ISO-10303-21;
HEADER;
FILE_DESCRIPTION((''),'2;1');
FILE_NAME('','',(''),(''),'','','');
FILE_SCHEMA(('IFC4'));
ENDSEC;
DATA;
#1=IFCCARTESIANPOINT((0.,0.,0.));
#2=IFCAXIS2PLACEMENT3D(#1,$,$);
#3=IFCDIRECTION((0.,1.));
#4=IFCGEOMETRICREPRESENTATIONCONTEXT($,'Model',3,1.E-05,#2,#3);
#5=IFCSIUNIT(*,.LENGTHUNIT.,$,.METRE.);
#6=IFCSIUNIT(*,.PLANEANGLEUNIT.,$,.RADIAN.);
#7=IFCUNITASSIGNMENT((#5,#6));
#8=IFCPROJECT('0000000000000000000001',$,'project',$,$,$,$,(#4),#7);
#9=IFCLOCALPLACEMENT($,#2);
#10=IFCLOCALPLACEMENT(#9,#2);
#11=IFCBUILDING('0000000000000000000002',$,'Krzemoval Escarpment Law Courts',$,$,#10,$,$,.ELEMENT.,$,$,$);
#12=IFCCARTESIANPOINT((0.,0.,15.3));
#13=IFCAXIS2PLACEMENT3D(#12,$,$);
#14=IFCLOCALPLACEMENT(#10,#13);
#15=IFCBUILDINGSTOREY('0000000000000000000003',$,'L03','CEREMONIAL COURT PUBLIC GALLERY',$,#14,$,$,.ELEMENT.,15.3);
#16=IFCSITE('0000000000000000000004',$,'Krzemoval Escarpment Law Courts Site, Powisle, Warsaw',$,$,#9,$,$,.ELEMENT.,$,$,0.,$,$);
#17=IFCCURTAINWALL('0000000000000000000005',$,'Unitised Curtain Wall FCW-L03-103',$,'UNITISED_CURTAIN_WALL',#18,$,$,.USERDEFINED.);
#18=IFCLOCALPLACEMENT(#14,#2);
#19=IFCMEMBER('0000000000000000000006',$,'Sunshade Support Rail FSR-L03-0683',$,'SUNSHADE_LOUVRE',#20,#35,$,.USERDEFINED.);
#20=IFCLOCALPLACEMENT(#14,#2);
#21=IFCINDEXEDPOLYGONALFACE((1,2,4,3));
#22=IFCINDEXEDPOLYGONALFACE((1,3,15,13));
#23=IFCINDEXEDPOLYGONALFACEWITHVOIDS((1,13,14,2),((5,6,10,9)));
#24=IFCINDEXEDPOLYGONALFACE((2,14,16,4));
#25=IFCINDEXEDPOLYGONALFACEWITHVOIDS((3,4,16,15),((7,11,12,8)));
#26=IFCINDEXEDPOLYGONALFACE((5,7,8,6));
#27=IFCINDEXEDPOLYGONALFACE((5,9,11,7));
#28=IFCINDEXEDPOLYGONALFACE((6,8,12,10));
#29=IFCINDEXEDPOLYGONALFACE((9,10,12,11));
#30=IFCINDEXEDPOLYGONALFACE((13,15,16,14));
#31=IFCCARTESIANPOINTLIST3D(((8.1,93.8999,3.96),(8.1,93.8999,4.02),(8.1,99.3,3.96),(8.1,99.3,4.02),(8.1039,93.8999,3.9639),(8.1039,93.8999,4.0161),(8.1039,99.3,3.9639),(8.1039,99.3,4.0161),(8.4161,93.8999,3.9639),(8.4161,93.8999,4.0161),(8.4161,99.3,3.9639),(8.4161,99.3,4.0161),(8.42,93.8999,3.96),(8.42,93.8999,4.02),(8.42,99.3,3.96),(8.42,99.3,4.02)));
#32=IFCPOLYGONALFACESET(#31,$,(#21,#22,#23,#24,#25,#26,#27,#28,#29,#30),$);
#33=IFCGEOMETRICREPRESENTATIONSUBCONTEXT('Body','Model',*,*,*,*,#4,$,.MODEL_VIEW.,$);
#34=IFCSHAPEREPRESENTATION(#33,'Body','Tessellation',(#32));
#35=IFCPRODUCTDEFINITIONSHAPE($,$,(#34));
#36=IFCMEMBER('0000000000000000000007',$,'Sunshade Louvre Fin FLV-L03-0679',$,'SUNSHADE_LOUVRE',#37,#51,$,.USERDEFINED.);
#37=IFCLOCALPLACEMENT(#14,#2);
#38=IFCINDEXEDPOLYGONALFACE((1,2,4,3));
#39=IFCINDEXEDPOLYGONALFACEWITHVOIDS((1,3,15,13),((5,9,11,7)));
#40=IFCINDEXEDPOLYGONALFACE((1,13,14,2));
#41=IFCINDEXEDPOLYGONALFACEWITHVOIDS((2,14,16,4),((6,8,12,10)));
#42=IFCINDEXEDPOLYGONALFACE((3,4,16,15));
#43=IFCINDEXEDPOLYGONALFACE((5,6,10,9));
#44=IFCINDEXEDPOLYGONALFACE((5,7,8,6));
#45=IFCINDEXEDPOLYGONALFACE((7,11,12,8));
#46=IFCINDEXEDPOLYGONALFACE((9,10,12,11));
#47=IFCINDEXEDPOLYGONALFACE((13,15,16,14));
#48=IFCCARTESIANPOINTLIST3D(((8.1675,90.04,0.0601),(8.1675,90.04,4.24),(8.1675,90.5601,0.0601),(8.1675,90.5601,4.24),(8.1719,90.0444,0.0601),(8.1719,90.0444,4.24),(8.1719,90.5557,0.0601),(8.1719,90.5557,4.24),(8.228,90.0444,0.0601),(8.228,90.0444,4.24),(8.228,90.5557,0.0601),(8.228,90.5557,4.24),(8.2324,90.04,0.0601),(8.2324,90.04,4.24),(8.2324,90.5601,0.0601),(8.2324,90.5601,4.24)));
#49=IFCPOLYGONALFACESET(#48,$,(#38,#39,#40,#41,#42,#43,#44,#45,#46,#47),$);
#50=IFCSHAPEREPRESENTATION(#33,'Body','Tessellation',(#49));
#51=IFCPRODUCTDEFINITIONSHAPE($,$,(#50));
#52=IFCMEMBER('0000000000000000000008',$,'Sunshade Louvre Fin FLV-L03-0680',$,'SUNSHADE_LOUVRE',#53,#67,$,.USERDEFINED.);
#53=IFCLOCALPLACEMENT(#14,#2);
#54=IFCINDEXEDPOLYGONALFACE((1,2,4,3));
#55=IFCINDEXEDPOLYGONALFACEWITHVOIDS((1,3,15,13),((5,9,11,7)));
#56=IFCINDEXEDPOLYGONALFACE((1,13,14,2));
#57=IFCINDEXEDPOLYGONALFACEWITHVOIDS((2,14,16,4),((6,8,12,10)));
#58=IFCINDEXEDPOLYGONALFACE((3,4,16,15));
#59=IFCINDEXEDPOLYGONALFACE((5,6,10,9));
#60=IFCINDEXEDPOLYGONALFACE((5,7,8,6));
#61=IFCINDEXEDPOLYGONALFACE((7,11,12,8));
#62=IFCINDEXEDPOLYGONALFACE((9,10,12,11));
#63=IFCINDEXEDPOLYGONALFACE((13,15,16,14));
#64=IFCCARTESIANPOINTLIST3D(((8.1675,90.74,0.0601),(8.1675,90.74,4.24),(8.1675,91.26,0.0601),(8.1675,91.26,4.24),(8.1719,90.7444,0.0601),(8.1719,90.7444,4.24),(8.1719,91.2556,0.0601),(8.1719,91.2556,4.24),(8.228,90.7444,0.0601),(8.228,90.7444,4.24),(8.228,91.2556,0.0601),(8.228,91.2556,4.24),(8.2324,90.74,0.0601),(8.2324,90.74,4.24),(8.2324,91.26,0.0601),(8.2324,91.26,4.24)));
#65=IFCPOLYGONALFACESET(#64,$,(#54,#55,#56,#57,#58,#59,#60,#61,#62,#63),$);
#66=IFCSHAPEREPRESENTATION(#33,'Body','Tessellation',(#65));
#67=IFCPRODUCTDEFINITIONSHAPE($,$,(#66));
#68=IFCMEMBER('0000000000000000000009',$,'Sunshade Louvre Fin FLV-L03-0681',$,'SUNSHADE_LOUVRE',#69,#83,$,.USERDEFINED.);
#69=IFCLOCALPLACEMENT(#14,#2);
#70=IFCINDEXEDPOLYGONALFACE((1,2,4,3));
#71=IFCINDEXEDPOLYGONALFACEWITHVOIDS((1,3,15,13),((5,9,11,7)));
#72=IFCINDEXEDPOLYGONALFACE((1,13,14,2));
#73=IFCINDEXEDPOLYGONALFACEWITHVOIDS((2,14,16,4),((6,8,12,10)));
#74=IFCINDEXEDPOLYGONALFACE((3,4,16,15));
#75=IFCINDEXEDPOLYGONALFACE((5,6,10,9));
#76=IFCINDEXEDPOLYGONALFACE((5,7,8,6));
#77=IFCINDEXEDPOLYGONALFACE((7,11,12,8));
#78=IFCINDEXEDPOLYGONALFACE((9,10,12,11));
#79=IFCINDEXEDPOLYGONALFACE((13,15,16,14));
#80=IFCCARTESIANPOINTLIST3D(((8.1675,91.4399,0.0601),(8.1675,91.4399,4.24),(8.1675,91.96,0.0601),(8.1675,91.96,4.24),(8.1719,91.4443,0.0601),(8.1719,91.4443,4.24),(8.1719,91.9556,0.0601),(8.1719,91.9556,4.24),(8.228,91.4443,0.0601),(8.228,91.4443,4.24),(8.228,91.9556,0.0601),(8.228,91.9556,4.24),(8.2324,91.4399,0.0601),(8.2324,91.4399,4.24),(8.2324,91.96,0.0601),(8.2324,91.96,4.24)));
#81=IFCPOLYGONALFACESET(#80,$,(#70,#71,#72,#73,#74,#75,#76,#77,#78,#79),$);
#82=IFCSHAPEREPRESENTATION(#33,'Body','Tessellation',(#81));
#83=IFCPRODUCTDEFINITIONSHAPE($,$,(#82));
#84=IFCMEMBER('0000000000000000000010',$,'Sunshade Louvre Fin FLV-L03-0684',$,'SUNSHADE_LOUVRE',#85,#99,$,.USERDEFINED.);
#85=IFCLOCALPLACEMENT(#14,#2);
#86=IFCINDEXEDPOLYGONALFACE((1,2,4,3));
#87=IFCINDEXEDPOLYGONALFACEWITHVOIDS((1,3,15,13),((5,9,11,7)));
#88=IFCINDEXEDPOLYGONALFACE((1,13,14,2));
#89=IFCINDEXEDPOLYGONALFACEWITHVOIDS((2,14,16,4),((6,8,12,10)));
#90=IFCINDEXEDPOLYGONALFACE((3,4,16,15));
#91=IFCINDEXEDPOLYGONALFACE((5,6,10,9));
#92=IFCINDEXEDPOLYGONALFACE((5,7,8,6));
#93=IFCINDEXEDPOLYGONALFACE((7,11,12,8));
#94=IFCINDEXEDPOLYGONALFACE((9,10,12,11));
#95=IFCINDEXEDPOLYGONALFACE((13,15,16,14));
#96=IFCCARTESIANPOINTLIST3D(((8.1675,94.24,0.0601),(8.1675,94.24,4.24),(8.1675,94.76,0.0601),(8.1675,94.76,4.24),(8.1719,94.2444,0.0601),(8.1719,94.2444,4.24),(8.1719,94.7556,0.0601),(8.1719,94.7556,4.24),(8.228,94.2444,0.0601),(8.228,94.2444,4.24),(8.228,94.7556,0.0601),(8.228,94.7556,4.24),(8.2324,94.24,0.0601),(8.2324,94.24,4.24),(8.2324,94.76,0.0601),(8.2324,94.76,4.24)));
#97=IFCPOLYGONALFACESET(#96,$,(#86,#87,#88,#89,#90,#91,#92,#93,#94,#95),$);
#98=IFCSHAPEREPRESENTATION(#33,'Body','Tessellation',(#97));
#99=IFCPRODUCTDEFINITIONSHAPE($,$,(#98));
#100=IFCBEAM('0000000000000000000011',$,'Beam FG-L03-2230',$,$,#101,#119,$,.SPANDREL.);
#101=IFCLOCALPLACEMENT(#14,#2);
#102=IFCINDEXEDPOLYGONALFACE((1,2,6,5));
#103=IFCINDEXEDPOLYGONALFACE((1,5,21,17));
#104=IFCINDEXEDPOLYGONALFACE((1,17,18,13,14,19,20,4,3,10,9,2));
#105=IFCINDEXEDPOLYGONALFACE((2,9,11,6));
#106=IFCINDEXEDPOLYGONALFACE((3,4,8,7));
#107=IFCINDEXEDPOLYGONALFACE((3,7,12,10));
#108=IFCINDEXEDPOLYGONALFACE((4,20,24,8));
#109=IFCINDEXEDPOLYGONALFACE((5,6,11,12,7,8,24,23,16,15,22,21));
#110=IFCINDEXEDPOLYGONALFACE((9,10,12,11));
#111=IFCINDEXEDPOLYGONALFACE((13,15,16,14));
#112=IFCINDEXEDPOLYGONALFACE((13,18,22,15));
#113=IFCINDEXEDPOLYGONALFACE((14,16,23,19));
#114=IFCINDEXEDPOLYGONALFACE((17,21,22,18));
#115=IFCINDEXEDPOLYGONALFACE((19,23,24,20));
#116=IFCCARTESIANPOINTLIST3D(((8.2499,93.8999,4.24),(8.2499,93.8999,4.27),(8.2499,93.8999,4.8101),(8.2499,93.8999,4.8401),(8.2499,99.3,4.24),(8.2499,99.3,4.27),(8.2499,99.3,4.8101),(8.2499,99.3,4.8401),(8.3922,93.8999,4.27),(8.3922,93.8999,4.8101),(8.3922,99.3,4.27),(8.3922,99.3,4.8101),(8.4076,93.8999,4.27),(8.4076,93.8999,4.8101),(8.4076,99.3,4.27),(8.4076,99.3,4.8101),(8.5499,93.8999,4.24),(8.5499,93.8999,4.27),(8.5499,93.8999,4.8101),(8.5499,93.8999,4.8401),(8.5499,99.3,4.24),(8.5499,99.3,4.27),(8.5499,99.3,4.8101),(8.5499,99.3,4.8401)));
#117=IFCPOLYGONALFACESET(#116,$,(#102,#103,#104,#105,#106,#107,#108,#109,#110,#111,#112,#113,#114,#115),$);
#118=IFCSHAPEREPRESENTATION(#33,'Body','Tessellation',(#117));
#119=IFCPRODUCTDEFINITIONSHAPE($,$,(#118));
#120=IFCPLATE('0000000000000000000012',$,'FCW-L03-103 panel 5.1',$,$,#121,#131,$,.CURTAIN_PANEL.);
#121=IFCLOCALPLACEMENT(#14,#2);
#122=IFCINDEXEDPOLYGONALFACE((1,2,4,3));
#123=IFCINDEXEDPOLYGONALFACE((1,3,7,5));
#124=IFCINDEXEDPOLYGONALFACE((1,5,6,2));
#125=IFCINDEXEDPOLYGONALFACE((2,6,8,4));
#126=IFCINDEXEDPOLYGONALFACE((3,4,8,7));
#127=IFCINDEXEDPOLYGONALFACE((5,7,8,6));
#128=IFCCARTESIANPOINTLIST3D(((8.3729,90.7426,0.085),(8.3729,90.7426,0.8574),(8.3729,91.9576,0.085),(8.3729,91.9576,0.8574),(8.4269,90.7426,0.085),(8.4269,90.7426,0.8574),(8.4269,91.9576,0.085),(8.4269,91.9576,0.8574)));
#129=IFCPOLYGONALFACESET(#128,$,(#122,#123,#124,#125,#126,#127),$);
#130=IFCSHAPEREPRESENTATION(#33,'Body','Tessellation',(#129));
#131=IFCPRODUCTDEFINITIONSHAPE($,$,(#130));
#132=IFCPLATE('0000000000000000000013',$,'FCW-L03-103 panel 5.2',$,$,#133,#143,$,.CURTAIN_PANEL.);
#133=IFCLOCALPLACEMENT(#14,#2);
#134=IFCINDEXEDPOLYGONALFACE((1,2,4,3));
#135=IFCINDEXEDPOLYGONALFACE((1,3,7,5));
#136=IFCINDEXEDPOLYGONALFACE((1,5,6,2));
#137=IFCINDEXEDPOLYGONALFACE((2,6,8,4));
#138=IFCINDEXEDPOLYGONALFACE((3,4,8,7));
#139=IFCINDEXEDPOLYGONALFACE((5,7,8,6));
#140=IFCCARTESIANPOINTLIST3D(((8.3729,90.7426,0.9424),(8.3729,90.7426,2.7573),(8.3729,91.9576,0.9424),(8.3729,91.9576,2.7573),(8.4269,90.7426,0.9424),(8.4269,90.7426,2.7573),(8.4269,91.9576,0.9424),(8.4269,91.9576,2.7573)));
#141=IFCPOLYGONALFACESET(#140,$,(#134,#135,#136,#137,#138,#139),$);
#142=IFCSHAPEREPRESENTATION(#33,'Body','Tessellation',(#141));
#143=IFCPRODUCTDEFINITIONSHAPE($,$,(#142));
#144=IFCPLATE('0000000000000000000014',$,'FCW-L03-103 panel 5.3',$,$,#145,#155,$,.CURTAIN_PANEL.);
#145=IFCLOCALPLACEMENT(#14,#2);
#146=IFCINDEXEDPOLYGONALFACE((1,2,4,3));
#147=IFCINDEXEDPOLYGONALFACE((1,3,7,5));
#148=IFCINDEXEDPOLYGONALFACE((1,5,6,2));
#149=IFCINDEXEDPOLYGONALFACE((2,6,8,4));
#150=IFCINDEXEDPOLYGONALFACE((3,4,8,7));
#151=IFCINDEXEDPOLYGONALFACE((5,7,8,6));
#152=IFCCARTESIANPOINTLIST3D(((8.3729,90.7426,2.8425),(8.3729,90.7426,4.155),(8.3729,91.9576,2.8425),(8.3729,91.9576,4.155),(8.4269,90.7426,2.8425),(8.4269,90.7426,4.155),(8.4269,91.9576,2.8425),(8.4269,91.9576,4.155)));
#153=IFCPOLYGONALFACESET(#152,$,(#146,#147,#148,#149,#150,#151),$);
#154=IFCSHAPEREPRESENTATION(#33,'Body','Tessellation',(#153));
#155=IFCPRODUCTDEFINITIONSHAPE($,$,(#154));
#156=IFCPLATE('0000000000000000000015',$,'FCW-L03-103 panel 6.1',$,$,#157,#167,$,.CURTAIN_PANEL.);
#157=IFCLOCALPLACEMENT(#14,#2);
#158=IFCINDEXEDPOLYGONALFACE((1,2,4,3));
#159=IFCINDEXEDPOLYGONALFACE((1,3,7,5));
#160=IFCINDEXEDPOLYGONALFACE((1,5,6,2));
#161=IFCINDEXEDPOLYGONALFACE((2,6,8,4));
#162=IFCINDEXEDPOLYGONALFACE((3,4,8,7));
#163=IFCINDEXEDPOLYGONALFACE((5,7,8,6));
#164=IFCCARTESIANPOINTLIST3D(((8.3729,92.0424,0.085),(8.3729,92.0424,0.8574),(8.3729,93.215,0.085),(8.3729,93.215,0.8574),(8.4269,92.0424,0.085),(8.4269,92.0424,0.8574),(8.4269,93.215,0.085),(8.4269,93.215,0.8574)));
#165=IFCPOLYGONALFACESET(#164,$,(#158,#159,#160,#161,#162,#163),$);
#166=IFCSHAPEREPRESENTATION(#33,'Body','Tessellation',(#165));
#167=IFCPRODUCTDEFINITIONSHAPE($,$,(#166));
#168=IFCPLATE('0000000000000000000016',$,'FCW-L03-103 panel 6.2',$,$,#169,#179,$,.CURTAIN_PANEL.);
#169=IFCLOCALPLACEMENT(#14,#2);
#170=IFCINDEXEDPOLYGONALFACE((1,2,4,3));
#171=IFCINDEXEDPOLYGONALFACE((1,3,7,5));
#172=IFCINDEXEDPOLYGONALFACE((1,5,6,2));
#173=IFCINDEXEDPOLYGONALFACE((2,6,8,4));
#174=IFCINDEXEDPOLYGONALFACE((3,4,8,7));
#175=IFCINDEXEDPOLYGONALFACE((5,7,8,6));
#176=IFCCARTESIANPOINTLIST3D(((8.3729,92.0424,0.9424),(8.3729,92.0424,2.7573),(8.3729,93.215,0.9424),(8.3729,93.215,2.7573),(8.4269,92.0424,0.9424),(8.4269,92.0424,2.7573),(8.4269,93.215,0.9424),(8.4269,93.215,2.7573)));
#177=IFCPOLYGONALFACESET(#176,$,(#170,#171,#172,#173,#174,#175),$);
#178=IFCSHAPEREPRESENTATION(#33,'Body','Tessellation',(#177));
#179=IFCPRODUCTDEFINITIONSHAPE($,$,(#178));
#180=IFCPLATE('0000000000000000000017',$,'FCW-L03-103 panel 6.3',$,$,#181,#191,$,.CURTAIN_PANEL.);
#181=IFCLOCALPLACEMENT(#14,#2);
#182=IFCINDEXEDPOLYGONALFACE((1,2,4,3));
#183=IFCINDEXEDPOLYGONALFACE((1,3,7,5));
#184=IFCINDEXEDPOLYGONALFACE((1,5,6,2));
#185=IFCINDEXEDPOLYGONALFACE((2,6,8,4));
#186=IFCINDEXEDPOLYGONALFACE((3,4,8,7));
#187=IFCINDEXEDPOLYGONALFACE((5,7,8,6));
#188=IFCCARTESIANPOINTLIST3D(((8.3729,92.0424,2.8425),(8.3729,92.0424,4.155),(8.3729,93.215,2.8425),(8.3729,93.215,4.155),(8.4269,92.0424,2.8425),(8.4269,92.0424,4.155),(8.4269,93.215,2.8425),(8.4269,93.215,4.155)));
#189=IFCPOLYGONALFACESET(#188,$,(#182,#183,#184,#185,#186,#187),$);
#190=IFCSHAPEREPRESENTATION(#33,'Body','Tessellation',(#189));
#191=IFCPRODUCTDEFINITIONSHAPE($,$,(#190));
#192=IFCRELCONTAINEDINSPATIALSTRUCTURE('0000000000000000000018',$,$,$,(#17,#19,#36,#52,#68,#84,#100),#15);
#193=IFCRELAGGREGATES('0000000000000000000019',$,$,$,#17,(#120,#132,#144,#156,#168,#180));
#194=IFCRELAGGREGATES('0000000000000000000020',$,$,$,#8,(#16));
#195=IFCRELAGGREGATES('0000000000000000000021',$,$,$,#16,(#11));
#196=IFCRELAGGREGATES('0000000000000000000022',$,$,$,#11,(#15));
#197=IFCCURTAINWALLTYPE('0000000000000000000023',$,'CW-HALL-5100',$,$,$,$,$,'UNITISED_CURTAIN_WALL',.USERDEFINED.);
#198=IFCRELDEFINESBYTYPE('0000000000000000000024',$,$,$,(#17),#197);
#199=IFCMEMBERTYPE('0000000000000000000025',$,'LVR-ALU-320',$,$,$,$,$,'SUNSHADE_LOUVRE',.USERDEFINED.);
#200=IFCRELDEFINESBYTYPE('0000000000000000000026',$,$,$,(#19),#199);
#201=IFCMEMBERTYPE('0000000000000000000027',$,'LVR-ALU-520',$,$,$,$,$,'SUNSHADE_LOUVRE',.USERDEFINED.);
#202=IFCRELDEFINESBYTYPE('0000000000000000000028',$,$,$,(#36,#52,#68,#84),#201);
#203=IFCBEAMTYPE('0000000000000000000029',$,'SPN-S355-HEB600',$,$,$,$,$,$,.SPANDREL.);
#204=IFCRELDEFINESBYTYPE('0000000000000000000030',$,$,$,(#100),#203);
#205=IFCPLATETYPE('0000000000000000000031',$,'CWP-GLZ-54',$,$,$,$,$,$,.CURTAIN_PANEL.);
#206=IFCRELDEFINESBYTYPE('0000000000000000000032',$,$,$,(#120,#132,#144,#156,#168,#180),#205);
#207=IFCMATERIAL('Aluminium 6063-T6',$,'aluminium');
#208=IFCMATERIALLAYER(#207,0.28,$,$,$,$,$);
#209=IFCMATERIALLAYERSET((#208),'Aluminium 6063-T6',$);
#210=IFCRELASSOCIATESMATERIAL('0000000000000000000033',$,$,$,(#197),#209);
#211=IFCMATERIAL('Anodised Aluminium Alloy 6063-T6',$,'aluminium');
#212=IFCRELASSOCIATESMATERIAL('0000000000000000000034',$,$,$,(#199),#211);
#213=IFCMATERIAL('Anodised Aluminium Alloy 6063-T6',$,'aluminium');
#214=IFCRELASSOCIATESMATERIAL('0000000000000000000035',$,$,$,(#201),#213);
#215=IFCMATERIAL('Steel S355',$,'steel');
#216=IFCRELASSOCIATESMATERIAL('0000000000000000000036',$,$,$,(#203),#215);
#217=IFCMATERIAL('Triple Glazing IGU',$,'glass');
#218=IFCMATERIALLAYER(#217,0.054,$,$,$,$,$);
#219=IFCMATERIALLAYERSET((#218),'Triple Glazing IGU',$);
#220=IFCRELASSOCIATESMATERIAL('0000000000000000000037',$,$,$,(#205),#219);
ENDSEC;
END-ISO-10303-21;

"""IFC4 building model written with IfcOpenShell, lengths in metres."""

from ifc_helpers import new_model, si_unit, direction, frame, origin, origin_2d, place, context, subcontext, project, spatial, rectangle, hollow_rectangle, i_section, extrude, material, layer, layer_set, material_profile, profile_set, type_object, element, aggregate, save


model = new_model("IFC4")

# Units and contexts
model_context = context("Model", 3, precision=1e-05, world=origin(), true_north=direction((0.0, 1.0)))
body_context = subcontext(model_context, "Body", "Model", "MODEL_VIEW")
ifc_project = project(units=[si_unit("LENGTHUNIT", "METRE"), si_unit("PLANEANGLEUNIT", "RADIAN")], contexts=[model_context])

# Site, building, storey
site_placement = place(None, origin())
site = spatial("IfcSite", under=ifc_project, at=site_placement, Name="Krzemoval Escarpment Law Courts Site, Powisle, Warsaw", CompositionType="ELEMENT", RefElevation=0.0)
building_placement = place(site_placement, origin())
building = spatial("IfcBuilding", under=site, at=building_placement, Name="Krzemoval Escarpment Law Courts", CompositionType="ELEMENT")
storey_placement = place(building_placement, frame((0.0, 0.0, 15.3)))
storey = spatial("IfcBuildingStorey", under=building, at=storey_placement, Name="L03", Description="CEREMONIAL COURT PUBLIC GALLERY", CompositionType="ELEMENT", Elevation=15.3)

# Curtain wall
ifc_material_1 = material(Name="Aluminium 6063-T6", Category="aluminium")
ifc_layer_1 = layer(ifc_material_1, 0.28)
ifc_layer_set_1 = layer_set([ifc_layer_1], Name="Aluminium 6063-T6")
curtain_wall_type = type_object("IfcCurtainWallType", Name="CW-HALL-5100", ElementType="UNITISED_CURTAIN_WALL", PredefinedType="USERDEFINED", material=ifc_layer_set_1)
curtain_wall_1_placement = place(storey_placement, origin())
curtain_wall_1 = element("IfcCurtainWall", 1, at=curtain_wall_1_placement, inside=storey, type_object=curtain_wall_type, Name="Unitised Curtain Wall FCW-L03-103", ObjectType="UNITISED_CURTAIN_WALL", PredefinedType="USERDEFINED")

# Members
ifc_material_2 = material(Name="Anodised Aluminium Alloy 6063-T6", Category="aluminium")
ifc_material_profile_1 = material_profile(ifc_material_2, hollow_rectangle(XDim=0.0601, YDim=0.3201, WallThickness=0.0039, at=origin_2d()), Name="ALU LVR 60x320")
ifc_profile_set_1 = profile_set([ifc_material_profile_1], Name="Anodised Aluminium Alloy 6063-T6")
member_type_1 = type_object("IfcMemberType", Name="LVR-ALU-320", ElementType="SUNSHADE_LOUVRE", PredefinedType="USERDEFINED", material=ifc_profile_set_1)
for number, where, z_axis, x_axis, name in (
    (2, (8.26, 93.8999, 3.99), (0.0, 1.0, 0.0), (0.0, 0.0, 1.0), "Sunshade Support Rail FSR-L03-0683"),
):
    element("IfcMember", number, at=place(storey_placement, frame(where, z_axis=z_axis, x_axis=x_axis)), inside=storey, type_object=member_type_1, Name=name, ObjectType="SUNSHADE_LOUVRE", PredefinedType="USERDEFINED", context=body_context, shape_type="SweptSolid", body=[
        extrude(hollow_rectangle(XDim=0.0601, YDim=0.3201, WallThickness=0.0039, at=origin_2d()), origin(), (0.0, 0.0, 1.0), 5.4001),
    ])
ifc_material_3 = material(Name="Anodised Aluminium Alloy 6063-T6", Category="aluminium")
ifc_material_profile_2 = material_profile(ifc_material_3, hollow_rectangle(XDim=0.0649, YDim=0.52, WallThickness=0.0044, at=origin_2d()), Name="ALU LVR 65x520")
ifc_profile_set_2 = profile_set([ifc_material_profile_2], Name="Anodised Aluminium Alloy 6063-T6")
member_type_2 = type_object("IfcMemberType", Name="LVR-ALU-520", ElementType="SUNSHADE_LOUVRE", PredefinedType="USERDEFINED", material=ifc_profile_set_2)
for number, where, z_axis, x_axis, name in (
    (3, (8.2, 90.3, 0.0601), (0.0, 0.0, 1.0), (1.0, 0.0, 0.0), "Sunshade Louvre Fin FLV-L03-0679"),
    (4, (8.2, 91.0, 0.0601), (0.0, 0.0, 1.0), (1.0, 0.0, 0.0), "Sunshade Louvre Fin FLV-L03-0680"),
    (5, (8.2, 91.7, 0.0601), (0.0, 0.0, 1.0), (1.0, 0.0, 0.0), "Sunshade Louvre Fin FLV-L03-0681"),
    (6, (8.2, 94.5, 0.0601), (0.0, 0.0, 1.0), (1.0, 0.0, 0.0), "Sunshade Louvre Fin FLV-L03-0684"),
):
    element("IfcMember", number, at=place(storey_placement, frame(where, z_axis=z_axis, x_axis=x_axis)), inside=storey, type_object=member_type_2, Name=name, ObjectType="SUNSHADE_LOUVRE", PredefinedType="USERDEFINED", context=body_context, shape_type="SweptSolid", body=[
        extrude(hollow_rectangle(XDim=0.0649, YDim=0.52, WallThickness=0.0044, at=origin_2d()), origin(), (0.0, 0.0, 1.0), 4.1799),
    ])

# Beam
ifc_material_4 = material(Name="Steel S355", Category="steel")
ifc_material_profile_3 = material_profile(ifc_material_4, i_section(OverallWidth=0.3, OverallDepth=0.6001, WebThickness=0.0154, FlangeThickness=0.03, at=origin_2d()), Name="HEB 600")
ifc_profile_set_3 = profile_set([ifc_material_profile_3], Name="Steel S355")
beam_type_1 = type_object("IfcBeamType", Name="SPN-S355-HEB600", PredefinedType="SPANDREL", material=ifc_profile_set_3)
beam_1_placement = place(storey_placement, frame((8.3999, 93.8999, 4.54), z_axis=(0.0, 1.0, 0.0), x_axis=(-1.0, 0.0, 0.0)))
element("IfcBeam", 7, at=beam_1_placement, inside=storey, type_object=beam_type_1, Name="Beam FG-L03-2230", PredefinedType="SPANDREL", context=body_context, shape_type="SweptSolid", body=[
    extrude(i_section(OverallWidth=0.3, OverallDepth=0.6001, WebThickness=0.0154, FlangeThickness=0.03, at=origin_2d()), origin(), (0.0, 0.0, 1.0), 5.4001),
])

# Plates
ifc_material_5 = material(Name="Triple Glazing IGU", Category="glass")
ifc_layer_2 = layer(ifc_material_5, 0.054)
ifc_layer_set_2 = layer_set([ifc_layer_2], Name="Triple Glazing IGU")
plate_type = type_object("IfcPlateType", Name="CWP-GLZ-54", PredefinedType="CURTAIN_PANEL", material=ifc_layer_set_2)
plate_1_placement = place(storey_placement, frame((8.3999, 91.3501, 0.085), z_axis=(0.0, 0.0, 1.0), x_axis=(0.0, 1.0, 0.0)))
plate_1 = element("IfcPlate", 8, at=plate_1_placement, type_object=plate_type, Name="FCW-L03-103 panel 5.1", PredefinedType="CURTAIN_PANEL", context=body_context, shape_type="SweptSolid", body=[
    extrude(rectangle(XDim=1.2151, YDim=0.054, at=origin_2d()), origin(), (0.0, 0.0, 1.0), 0.7725),
])
plate_2_placement = place(storey_placement, frame((8.3999, 91.3501, 0.9424), z_axis=(0.0, 0.0, 1.0), x_axis=(0.0, 1.0, 0.0)))
plate_2 = element("IfcPlate", 9, at=plate_2_placement, type_object=plate_type, Name="FCW-L03-103 panel 5.2", PredefinedType="CURTAIN_PANEL", context=body_context, shape_type="SweptSolid", body=[
    extrude(rectangle(XDim=1.2151, YDim=0.054, at=origin_2d()), origin(), (0.0, 0.0, 1.0), 1.8149),
])
plate_3_placement = place(storey_placement, frame((8.3999, 91.3501, 2.8425), z_axis=(0.0, 0.0, 1.0), x_axis=(0.0, 1.0, 0.0)))
plate_3 = element("IfcPlate", 10, at=plate_3_placement, type_object=plate_type, Name="FCW-L03-103 panel 5.3", PredefinedType="CURTAIN_PANEL", context=body_context, shape_type="SweptSolid", body=[
    extrude(rectangle(XDim=1.2151, YDim=0.054, at=origin_2d()), origin(), (0.0, 0.0, 1.0), 1.3125),
])
plate_4_placement = place(storey_placement, frame((8.3999, 92.6287, 0.085), z_axis=(0.0, 0.0, 1.0), x_axis=(0.0, 1.0, 0.0)))
plate_4 = element("IfcPlate", 11, at=plate_4_placement, type_object=plate_type, Name="FCW-L03-103 panel 6.1", PredefinedType="CURTAIN_PANEL", context=body_context, shape_type="SweptSolid", body=[
    extrude(rectangle(XDim=1.1726, YDim=0.054, at=origin_2d()), origin(), (0.0, 0.0, 1.0), 0.7725),
])
plate_5_placement = place(storey_placement, frame((8.3999, 92.6287, 0.9424), z_axis=(0.0, 0.0, 1.0), x_axis=(0.0, 1.0, 0.0)))
plate_5 = element("IfcPlate", 12, at=plate_5_placement, type_object=plate_type, Name="FCW-L03-103 panel 6.2", PredefinedType="CURTAIN_PANEL", context=body_context, shape_type="SweptSolid", body=[
    extrude(rectangle(XDim=1.1726, YDim=0.054, at=origin_2d()), origin(), (0.0, 0.0, 1.0), 1.8149),
])
plate_6_placement = place(storey_placement, frame((8.3999, 92.6287, 2.8425), z_axis=(0.0, 0.0, 1.0), x_axis=(0.0, 1.0, 0.0)))
plate_6 = element("IfcPlate", 13, at=plate_6_placement, type_object=plate_type, Name="FCW-L03-103 panel 6.3", PredefinedType="CURTAIN_PANEL", context=body_context, shape_type="SweptSolid", body=[
    extrude(rectangle(XDim=1.1726, YDim=0.054, at=origin_2d()), origin(), (0.0, 0.0, 1.0), 1.3125),
])
aggregate(curtain_wall_1, [plate_1, plate_2, plate_3, plate_4, plate_5, plate_6])

save(model, "model.ifc")
